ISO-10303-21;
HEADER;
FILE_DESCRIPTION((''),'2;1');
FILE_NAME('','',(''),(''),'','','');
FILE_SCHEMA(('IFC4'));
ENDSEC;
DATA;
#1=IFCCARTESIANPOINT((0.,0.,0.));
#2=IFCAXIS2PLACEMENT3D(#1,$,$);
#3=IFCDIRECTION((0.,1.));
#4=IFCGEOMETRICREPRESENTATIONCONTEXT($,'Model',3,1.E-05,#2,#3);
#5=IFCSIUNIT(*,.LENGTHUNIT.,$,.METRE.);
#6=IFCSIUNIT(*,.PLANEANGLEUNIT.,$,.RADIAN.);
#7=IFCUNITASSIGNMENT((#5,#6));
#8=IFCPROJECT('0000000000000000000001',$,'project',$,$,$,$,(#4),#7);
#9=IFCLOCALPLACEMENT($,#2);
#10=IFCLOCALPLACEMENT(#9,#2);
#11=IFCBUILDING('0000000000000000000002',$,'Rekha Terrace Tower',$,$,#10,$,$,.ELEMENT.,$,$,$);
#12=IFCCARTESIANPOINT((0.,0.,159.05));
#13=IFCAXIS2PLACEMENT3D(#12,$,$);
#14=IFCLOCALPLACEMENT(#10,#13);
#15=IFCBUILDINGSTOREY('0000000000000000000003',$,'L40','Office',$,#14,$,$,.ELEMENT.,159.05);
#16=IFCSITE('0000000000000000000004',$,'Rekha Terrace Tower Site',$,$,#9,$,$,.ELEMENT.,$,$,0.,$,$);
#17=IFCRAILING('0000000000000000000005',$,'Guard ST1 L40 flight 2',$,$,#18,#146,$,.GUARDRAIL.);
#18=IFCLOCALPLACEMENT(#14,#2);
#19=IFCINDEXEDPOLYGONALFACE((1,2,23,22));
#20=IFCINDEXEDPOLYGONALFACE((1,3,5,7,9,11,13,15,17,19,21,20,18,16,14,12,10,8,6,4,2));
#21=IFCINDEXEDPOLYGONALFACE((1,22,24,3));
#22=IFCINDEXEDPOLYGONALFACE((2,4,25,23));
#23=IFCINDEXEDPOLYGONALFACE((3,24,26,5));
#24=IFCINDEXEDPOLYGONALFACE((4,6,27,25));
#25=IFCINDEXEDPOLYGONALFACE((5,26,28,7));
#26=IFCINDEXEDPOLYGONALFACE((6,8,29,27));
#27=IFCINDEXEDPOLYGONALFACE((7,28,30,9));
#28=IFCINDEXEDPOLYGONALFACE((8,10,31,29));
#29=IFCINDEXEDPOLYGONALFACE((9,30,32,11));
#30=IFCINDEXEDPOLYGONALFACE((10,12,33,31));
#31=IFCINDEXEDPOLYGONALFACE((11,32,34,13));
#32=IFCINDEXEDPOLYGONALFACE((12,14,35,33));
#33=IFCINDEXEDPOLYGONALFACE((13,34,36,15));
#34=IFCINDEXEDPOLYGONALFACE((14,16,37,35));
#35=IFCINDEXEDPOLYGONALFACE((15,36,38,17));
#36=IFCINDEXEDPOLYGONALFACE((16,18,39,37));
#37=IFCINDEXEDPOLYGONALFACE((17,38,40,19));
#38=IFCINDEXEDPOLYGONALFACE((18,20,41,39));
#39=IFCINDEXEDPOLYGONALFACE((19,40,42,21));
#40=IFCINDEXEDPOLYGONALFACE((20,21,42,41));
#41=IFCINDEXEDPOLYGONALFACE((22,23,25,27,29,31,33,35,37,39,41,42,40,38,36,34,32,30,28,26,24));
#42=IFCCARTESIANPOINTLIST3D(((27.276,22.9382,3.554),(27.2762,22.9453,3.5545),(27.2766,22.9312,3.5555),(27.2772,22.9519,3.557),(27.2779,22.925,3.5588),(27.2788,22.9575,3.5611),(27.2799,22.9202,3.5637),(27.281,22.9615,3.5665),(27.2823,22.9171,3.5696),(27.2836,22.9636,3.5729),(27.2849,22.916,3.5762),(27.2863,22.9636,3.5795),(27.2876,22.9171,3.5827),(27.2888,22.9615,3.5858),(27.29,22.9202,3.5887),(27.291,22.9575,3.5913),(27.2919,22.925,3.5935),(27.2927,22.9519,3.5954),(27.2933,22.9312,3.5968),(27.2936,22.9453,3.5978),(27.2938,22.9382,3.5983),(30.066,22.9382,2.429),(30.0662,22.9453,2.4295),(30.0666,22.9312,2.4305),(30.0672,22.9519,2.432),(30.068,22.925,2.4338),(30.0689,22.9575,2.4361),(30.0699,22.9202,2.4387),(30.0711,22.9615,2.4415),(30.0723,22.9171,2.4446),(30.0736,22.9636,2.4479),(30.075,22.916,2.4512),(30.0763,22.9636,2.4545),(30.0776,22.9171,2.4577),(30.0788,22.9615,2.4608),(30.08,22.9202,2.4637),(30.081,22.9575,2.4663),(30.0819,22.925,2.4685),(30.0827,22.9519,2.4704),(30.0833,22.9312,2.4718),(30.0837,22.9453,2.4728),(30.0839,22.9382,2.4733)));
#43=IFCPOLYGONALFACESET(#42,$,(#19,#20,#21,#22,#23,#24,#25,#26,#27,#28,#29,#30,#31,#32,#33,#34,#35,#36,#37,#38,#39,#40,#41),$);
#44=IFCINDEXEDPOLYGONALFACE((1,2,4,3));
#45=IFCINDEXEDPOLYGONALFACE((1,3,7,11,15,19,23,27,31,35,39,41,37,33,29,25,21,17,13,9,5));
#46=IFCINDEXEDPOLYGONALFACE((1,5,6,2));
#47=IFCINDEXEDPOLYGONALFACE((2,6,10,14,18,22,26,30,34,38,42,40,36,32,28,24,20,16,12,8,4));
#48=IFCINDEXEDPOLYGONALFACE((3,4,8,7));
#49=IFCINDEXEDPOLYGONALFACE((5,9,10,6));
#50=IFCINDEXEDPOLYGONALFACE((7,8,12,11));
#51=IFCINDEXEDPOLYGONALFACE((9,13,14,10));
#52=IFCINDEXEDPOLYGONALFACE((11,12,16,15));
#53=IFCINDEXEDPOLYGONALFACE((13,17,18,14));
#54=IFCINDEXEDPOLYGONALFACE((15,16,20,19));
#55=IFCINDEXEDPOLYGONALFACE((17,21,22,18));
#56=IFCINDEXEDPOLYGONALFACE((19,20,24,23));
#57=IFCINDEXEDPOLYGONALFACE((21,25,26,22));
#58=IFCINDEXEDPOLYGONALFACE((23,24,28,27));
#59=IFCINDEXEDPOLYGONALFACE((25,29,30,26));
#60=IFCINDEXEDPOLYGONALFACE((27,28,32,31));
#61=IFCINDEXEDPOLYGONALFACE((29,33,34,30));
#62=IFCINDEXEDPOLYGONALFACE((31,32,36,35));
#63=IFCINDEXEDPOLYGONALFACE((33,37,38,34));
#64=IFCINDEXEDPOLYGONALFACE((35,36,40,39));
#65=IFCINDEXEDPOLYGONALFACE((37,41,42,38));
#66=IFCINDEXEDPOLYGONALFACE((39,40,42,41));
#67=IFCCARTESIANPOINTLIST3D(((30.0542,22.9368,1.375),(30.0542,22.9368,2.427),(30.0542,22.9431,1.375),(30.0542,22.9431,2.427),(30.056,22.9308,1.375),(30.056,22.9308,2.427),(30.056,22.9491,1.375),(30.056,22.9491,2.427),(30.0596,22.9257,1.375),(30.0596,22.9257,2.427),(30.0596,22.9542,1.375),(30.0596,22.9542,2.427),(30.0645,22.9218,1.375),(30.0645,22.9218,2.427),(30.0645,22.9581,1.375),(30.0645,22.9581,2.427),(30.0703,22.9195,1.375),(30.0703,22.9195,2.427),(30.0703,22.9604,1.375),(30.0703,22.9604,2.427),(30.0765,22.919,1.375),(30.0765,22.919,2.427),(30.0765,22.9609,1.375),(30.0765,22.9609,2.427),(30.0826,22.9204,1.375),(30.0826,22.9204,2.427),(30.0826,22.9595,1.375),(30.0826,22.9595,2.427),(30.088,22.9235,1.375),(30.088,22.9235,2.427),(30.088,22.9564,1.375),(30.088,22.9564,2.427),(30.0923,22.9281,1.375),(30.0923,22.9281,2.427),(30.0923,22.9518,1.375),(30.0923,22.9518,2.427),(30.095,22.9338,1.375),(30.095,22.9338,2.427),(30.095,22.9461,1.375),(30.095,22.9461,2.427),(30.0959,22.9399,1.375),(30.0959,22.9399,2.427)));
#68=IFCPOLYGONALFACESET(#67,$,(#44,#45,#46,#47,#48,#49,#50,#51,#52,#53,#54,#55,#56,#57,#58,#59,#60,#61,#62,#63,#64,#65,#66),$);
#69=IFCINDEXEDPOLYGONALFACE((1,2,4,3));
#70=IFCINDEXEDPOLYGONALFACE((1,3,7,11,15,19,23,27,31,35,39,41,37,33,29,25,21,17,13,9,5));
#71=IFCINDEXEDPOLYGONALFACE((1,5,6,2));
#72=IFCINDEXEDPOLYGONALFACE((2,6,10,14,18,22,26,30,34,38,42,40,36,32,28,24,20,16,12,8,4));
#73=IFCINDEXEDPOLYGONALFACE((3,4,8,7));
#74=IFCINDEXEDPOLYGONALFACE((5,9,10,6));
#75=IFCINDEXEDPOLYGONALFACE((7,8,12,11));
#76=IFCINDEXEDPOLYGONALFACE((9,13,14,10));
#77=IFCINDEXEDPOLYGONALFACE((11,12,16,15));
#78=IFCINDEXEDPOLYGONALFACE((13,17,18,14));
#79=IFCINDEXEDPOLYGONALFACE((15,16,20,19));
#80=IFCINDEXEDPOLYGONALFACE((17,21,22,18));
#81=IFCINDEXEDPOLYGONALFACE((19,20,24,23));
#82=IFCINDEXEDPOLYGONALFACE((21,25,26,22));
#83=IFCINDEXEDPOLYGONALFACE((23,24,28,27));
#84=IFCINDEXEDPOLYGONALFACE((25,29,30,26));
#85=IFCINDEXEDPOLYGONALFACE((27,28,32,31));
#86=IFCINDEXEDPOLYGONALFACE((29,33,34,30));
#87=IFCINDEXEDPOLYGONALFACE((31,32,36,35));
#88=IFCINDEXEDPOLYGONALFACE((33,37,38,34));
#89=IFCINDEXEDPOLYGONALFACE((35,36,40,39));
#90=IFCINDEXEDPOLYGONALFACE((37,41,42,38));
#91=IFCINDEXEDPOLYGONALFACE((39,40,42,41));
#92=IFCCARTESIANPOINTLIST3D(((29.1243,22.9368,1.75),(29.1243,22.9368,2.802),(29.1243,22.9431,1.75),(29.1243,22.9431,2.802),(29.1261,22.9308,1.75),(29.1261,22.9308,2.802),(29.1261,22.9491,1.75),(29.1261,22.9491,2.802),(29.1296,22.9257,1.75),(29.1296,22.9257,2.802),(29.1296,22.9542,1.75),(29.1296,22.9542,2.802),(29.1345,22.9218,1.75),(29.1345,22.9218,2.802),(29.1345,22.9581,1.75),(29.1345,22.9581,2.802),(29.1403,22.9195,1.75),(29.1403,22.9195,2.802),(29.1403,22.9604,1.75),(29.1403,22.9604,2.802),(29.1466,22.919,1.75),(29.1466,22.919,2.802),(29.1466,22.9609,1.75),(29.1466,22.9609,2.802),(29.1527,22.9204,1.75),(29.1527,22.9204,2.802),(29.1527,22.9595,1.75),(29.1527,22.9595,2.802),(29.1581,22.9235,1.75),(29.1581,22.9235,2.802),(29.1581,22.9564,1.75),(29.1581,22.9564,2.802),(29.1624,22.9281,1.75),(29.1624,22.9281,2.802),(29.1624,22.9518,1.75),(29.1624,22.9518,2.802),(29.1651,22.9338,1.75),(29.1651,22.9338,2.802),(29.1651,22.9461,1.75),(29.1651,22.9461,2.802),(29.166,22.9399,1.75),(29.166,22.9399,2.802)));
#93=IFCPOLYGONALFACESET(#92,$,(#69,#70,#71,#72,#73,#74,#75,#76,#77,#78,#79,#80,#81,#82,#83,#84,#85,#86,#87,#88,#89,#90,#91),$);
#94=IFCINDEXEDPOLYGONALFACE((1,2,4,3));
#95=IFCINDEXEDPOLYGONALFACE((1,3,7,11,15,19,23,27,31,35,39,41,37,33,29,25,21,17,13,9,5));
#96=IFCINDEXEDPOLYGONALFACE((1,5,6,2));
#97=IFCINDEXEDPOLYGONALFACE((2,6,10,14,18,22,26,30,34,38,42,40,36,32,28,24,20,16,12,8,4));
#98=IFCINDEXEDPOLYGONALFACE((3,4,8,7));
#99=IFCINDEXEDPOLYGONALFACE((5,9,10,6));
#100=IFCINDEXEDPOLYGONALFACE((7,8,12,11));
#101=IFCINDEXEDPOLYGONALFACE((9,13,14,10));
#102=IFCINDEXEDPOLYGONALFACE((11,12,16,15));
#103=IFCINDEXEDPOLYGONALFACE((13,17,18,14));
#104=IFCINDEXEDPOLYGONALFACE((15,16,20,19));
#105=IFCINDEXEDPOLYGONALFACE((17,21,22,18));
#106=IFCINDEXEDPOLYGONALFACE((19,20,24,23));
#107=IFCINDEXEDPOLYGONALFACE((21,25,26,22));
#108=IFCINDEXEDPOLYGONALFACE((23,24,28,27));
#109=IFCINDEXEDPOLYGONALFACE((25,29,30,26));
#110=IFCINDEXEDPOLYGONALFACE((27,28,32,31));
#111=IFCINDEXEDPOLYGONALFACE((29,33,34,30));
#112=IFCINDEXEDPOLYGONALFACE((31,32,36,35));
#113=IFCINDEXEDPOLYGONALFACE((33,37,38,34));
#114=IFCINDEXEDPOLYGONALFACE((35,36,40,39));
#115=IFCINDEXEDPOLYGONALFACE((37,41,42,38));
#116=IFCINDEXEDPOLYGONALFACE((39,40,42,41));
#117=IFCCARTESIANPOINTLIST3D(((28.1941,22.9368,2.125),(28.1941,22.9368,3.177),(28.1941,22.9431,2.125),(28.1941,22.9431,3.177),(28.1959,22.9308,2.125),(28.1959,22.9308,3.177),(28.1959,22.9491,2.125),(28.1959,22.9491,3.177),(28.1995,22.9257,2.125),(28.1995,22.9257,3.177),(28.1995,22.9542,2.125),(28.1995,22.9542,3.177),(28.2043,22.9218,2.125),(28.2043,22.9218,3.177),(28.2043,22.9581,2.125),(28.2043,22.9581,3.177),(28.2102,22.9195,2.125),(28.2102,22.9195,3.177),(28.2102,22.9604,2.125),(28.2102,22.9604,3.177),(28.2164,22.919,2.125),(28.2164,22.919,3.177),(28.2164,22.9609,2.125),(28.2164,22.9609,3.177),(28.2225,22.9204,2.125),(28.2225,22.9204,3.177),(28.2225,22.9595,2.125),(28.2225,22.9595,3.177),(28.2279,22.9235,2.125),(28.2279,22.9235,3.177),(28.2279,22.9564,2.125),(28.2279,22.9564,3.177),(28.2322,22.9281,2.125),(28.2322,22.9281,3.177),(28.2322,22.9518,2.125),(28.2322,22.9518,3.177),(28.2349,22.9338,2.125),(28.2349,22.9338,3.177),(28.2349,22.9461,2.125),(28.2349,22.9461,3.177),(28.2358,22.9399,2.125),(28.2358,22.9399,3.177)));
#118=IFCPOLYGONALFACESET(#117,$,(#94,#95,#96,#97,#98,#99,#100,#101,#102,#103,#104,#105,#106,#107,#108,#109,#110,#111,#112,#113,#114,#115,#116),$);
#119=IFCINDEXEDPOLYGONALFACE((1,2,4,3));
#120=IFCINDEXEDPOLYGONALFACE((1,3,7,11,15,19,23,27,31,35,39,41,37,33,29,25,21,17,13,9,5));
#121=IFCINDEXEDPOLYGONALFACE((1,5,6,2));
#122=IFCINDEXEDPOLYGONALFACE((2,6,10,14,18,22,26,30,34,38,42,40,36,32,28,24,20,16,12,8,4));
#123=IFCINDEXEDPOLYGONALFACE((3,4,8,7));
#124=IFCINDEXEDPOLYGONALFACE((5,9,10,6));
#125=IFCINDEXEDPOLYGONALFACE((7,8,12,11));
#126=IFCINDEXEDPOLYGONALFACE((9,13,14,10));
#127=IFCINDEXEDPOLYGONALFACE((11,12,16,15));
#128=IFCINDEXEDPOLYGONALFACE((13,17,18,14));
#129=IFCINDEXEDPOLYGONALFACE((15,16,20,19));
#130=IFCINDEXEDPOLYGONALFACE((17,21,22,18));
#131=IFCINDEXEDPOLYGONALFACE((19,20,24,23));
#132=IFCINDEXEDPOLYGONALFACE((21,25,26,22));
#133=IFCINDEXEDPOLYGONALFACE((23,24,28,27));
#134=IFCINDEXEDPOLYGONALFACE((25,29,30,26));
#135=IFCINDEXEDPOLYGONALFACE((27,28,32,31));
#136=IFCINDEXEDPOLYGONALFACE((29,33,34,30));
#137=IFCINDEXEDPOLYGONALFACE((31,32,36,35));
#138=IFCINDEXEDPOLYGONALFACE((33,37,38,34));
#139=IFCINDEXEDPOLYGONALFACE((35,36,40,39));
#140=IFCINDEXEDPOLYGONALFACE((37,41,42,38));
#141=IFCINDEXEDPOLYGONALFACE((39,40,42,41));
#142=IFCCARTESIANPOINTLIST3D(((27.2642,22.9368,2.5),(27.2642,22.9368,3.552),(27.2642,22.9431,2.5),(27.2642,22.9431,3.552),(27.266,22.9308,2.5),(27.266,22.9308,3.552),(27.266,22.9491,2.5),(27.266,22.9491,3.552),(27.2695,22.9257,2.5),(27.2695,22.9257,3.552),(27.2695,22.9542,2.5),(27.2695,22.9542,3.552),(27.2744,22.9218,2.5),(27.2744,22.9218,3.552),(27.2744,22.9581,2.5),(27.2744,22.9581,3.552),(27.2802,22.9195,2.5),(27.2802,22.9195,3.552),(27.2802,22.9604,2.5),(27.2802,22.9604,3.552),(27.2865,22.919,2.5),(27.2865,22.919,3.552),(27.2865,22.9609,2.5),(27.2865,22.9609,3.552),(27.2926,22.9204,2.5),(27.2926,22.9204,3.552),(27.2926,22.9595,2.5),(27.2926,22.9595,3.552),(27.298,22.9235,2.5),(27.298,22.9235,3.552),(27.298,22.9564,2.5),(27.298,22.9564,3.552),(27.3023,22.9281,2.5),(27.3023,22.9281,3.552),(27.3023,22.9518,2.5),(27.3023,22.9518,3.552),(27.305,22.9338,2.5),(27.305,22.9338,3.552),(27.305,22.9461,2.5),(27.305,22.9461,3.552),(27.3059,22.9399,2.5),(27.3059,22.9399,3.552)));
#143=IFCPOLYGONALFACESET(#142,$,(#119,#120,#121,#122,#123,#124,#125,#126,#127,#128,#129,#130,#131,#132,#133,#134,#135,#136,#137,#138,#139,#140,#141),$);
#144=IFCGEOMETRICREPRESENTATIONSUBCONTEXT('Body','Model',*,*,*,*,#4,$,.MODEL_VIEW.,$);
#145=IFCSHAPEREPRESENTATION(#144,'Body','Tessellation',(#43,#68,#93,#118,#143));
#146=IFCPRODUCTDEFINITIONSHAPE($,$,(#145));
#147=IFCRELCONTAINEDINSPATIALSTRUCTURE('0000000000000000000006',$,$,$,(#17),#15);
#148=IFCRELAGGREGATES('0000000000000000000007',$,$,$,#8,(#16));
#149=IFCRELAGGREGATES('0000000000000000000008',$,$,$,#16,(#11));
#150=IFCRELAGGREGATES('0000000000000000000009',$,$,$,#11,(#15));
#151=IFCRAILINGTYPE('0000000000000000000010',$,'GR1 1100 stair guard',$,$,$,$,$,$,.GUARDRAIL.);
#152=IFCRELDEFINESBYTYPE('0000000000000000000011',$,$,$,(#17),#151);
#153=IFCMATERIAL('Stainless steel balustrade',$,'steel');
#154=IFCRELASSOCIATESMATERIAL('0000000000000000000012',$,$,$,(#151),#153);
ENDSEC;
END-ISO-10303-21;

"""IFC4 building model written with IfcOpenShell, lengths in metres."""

from ifc_helpers import new_model, si_unit, direction, frame, origin, origin_2d, place, context, subcontext, project, spatial, circle, extrude, material, type_object, element, save


model = new_model("IFC4")

# Units and contexts
model_context = context("Model", 3, precision=1e-05, world=origin(), true_north=direction((0.0, 1.0)))
body_context = subcontext(model_context, "Body", "Model", "MODEL_VIEW")
ifc_project = project(units=[si_unit("LENGTHUNIT", "METRE"), si_unit("PLANEANGLEUNIT", "RADIAN")], contexts=[model_context])

# Site, building, storey
site_placement = place(None, origin())
site = spatial("IfcSite", under=ifc_project, at=site_placement, Name="Rekha Terrace Tower Site", CompositionType="ELEMENT", RefElevation=0.0)
building_placement = place(site_placement, origin())
building = spatial("IfcBuilding", under=site, at=building_placement, Name="Rekha Terrace Tower", CompositionType="ELEMENT")
storey_placement = place(building_placement, frame((0.0, 0.0, 159.05)))
storey = spatial("IfcBuildingStorey", under=building, at=storey_placement, Name="L40", Description="Office", CompositionType="ELEMENT", Elevation=159.05)

# Railing
ifc_material_1 = material(Name="Stainless steel balustrade", Category="steel")
railing_type_1 = type_object("IfcRailingType", Name="GR1 1100 stair guard", PredefinedType="GUARDRAIL", material=ifc_material_1)
railing_1_placement = place(storey_placement, frame((30.075, 22.9399, 1.375)))
element("IfcRailing", 1, at=railing_1_placement, inside=storey, type_object=railing_type_1, Name="Guard ST1 L40 flight 2", PredefinedType="GUARDRAIL", context=body_context, shape_type="SweptSolid", body=[
    extrude(circle(Radius=0.0239, at=origin_2d()), frame((0.0, 0.0, 1.0762), z_axis=(-0.927443, 0.0, 0.373964), x_axis=(0.0, -1.0, 0.0)), (0.0, 0.0, 1.0), 3.0083),
    extrude(circle(Radius=0.021, at=origin_2d()), origin(), (0.0, 0.0, 1.0), 1.052),
    extrude(circle(Radius=0.021, at=origin_2d()), frame((-0.9299, 0.0, 0.375)), (0.0, 0.0, 1.0), 1.052),
    extrude(circle(Radius=0.021, at=origin_2d()), frame((-1.8601, 0.0, 0.75)), (0.0, 0.0, 1.0), 1.052),
    extrude(circle(Radius=0.021, at=origin_2d()), frame((-2.79, 0.0, 1.125)), (0.0, 0.0, 1.0), 1.052),
])

save(model, "model.ifc")
